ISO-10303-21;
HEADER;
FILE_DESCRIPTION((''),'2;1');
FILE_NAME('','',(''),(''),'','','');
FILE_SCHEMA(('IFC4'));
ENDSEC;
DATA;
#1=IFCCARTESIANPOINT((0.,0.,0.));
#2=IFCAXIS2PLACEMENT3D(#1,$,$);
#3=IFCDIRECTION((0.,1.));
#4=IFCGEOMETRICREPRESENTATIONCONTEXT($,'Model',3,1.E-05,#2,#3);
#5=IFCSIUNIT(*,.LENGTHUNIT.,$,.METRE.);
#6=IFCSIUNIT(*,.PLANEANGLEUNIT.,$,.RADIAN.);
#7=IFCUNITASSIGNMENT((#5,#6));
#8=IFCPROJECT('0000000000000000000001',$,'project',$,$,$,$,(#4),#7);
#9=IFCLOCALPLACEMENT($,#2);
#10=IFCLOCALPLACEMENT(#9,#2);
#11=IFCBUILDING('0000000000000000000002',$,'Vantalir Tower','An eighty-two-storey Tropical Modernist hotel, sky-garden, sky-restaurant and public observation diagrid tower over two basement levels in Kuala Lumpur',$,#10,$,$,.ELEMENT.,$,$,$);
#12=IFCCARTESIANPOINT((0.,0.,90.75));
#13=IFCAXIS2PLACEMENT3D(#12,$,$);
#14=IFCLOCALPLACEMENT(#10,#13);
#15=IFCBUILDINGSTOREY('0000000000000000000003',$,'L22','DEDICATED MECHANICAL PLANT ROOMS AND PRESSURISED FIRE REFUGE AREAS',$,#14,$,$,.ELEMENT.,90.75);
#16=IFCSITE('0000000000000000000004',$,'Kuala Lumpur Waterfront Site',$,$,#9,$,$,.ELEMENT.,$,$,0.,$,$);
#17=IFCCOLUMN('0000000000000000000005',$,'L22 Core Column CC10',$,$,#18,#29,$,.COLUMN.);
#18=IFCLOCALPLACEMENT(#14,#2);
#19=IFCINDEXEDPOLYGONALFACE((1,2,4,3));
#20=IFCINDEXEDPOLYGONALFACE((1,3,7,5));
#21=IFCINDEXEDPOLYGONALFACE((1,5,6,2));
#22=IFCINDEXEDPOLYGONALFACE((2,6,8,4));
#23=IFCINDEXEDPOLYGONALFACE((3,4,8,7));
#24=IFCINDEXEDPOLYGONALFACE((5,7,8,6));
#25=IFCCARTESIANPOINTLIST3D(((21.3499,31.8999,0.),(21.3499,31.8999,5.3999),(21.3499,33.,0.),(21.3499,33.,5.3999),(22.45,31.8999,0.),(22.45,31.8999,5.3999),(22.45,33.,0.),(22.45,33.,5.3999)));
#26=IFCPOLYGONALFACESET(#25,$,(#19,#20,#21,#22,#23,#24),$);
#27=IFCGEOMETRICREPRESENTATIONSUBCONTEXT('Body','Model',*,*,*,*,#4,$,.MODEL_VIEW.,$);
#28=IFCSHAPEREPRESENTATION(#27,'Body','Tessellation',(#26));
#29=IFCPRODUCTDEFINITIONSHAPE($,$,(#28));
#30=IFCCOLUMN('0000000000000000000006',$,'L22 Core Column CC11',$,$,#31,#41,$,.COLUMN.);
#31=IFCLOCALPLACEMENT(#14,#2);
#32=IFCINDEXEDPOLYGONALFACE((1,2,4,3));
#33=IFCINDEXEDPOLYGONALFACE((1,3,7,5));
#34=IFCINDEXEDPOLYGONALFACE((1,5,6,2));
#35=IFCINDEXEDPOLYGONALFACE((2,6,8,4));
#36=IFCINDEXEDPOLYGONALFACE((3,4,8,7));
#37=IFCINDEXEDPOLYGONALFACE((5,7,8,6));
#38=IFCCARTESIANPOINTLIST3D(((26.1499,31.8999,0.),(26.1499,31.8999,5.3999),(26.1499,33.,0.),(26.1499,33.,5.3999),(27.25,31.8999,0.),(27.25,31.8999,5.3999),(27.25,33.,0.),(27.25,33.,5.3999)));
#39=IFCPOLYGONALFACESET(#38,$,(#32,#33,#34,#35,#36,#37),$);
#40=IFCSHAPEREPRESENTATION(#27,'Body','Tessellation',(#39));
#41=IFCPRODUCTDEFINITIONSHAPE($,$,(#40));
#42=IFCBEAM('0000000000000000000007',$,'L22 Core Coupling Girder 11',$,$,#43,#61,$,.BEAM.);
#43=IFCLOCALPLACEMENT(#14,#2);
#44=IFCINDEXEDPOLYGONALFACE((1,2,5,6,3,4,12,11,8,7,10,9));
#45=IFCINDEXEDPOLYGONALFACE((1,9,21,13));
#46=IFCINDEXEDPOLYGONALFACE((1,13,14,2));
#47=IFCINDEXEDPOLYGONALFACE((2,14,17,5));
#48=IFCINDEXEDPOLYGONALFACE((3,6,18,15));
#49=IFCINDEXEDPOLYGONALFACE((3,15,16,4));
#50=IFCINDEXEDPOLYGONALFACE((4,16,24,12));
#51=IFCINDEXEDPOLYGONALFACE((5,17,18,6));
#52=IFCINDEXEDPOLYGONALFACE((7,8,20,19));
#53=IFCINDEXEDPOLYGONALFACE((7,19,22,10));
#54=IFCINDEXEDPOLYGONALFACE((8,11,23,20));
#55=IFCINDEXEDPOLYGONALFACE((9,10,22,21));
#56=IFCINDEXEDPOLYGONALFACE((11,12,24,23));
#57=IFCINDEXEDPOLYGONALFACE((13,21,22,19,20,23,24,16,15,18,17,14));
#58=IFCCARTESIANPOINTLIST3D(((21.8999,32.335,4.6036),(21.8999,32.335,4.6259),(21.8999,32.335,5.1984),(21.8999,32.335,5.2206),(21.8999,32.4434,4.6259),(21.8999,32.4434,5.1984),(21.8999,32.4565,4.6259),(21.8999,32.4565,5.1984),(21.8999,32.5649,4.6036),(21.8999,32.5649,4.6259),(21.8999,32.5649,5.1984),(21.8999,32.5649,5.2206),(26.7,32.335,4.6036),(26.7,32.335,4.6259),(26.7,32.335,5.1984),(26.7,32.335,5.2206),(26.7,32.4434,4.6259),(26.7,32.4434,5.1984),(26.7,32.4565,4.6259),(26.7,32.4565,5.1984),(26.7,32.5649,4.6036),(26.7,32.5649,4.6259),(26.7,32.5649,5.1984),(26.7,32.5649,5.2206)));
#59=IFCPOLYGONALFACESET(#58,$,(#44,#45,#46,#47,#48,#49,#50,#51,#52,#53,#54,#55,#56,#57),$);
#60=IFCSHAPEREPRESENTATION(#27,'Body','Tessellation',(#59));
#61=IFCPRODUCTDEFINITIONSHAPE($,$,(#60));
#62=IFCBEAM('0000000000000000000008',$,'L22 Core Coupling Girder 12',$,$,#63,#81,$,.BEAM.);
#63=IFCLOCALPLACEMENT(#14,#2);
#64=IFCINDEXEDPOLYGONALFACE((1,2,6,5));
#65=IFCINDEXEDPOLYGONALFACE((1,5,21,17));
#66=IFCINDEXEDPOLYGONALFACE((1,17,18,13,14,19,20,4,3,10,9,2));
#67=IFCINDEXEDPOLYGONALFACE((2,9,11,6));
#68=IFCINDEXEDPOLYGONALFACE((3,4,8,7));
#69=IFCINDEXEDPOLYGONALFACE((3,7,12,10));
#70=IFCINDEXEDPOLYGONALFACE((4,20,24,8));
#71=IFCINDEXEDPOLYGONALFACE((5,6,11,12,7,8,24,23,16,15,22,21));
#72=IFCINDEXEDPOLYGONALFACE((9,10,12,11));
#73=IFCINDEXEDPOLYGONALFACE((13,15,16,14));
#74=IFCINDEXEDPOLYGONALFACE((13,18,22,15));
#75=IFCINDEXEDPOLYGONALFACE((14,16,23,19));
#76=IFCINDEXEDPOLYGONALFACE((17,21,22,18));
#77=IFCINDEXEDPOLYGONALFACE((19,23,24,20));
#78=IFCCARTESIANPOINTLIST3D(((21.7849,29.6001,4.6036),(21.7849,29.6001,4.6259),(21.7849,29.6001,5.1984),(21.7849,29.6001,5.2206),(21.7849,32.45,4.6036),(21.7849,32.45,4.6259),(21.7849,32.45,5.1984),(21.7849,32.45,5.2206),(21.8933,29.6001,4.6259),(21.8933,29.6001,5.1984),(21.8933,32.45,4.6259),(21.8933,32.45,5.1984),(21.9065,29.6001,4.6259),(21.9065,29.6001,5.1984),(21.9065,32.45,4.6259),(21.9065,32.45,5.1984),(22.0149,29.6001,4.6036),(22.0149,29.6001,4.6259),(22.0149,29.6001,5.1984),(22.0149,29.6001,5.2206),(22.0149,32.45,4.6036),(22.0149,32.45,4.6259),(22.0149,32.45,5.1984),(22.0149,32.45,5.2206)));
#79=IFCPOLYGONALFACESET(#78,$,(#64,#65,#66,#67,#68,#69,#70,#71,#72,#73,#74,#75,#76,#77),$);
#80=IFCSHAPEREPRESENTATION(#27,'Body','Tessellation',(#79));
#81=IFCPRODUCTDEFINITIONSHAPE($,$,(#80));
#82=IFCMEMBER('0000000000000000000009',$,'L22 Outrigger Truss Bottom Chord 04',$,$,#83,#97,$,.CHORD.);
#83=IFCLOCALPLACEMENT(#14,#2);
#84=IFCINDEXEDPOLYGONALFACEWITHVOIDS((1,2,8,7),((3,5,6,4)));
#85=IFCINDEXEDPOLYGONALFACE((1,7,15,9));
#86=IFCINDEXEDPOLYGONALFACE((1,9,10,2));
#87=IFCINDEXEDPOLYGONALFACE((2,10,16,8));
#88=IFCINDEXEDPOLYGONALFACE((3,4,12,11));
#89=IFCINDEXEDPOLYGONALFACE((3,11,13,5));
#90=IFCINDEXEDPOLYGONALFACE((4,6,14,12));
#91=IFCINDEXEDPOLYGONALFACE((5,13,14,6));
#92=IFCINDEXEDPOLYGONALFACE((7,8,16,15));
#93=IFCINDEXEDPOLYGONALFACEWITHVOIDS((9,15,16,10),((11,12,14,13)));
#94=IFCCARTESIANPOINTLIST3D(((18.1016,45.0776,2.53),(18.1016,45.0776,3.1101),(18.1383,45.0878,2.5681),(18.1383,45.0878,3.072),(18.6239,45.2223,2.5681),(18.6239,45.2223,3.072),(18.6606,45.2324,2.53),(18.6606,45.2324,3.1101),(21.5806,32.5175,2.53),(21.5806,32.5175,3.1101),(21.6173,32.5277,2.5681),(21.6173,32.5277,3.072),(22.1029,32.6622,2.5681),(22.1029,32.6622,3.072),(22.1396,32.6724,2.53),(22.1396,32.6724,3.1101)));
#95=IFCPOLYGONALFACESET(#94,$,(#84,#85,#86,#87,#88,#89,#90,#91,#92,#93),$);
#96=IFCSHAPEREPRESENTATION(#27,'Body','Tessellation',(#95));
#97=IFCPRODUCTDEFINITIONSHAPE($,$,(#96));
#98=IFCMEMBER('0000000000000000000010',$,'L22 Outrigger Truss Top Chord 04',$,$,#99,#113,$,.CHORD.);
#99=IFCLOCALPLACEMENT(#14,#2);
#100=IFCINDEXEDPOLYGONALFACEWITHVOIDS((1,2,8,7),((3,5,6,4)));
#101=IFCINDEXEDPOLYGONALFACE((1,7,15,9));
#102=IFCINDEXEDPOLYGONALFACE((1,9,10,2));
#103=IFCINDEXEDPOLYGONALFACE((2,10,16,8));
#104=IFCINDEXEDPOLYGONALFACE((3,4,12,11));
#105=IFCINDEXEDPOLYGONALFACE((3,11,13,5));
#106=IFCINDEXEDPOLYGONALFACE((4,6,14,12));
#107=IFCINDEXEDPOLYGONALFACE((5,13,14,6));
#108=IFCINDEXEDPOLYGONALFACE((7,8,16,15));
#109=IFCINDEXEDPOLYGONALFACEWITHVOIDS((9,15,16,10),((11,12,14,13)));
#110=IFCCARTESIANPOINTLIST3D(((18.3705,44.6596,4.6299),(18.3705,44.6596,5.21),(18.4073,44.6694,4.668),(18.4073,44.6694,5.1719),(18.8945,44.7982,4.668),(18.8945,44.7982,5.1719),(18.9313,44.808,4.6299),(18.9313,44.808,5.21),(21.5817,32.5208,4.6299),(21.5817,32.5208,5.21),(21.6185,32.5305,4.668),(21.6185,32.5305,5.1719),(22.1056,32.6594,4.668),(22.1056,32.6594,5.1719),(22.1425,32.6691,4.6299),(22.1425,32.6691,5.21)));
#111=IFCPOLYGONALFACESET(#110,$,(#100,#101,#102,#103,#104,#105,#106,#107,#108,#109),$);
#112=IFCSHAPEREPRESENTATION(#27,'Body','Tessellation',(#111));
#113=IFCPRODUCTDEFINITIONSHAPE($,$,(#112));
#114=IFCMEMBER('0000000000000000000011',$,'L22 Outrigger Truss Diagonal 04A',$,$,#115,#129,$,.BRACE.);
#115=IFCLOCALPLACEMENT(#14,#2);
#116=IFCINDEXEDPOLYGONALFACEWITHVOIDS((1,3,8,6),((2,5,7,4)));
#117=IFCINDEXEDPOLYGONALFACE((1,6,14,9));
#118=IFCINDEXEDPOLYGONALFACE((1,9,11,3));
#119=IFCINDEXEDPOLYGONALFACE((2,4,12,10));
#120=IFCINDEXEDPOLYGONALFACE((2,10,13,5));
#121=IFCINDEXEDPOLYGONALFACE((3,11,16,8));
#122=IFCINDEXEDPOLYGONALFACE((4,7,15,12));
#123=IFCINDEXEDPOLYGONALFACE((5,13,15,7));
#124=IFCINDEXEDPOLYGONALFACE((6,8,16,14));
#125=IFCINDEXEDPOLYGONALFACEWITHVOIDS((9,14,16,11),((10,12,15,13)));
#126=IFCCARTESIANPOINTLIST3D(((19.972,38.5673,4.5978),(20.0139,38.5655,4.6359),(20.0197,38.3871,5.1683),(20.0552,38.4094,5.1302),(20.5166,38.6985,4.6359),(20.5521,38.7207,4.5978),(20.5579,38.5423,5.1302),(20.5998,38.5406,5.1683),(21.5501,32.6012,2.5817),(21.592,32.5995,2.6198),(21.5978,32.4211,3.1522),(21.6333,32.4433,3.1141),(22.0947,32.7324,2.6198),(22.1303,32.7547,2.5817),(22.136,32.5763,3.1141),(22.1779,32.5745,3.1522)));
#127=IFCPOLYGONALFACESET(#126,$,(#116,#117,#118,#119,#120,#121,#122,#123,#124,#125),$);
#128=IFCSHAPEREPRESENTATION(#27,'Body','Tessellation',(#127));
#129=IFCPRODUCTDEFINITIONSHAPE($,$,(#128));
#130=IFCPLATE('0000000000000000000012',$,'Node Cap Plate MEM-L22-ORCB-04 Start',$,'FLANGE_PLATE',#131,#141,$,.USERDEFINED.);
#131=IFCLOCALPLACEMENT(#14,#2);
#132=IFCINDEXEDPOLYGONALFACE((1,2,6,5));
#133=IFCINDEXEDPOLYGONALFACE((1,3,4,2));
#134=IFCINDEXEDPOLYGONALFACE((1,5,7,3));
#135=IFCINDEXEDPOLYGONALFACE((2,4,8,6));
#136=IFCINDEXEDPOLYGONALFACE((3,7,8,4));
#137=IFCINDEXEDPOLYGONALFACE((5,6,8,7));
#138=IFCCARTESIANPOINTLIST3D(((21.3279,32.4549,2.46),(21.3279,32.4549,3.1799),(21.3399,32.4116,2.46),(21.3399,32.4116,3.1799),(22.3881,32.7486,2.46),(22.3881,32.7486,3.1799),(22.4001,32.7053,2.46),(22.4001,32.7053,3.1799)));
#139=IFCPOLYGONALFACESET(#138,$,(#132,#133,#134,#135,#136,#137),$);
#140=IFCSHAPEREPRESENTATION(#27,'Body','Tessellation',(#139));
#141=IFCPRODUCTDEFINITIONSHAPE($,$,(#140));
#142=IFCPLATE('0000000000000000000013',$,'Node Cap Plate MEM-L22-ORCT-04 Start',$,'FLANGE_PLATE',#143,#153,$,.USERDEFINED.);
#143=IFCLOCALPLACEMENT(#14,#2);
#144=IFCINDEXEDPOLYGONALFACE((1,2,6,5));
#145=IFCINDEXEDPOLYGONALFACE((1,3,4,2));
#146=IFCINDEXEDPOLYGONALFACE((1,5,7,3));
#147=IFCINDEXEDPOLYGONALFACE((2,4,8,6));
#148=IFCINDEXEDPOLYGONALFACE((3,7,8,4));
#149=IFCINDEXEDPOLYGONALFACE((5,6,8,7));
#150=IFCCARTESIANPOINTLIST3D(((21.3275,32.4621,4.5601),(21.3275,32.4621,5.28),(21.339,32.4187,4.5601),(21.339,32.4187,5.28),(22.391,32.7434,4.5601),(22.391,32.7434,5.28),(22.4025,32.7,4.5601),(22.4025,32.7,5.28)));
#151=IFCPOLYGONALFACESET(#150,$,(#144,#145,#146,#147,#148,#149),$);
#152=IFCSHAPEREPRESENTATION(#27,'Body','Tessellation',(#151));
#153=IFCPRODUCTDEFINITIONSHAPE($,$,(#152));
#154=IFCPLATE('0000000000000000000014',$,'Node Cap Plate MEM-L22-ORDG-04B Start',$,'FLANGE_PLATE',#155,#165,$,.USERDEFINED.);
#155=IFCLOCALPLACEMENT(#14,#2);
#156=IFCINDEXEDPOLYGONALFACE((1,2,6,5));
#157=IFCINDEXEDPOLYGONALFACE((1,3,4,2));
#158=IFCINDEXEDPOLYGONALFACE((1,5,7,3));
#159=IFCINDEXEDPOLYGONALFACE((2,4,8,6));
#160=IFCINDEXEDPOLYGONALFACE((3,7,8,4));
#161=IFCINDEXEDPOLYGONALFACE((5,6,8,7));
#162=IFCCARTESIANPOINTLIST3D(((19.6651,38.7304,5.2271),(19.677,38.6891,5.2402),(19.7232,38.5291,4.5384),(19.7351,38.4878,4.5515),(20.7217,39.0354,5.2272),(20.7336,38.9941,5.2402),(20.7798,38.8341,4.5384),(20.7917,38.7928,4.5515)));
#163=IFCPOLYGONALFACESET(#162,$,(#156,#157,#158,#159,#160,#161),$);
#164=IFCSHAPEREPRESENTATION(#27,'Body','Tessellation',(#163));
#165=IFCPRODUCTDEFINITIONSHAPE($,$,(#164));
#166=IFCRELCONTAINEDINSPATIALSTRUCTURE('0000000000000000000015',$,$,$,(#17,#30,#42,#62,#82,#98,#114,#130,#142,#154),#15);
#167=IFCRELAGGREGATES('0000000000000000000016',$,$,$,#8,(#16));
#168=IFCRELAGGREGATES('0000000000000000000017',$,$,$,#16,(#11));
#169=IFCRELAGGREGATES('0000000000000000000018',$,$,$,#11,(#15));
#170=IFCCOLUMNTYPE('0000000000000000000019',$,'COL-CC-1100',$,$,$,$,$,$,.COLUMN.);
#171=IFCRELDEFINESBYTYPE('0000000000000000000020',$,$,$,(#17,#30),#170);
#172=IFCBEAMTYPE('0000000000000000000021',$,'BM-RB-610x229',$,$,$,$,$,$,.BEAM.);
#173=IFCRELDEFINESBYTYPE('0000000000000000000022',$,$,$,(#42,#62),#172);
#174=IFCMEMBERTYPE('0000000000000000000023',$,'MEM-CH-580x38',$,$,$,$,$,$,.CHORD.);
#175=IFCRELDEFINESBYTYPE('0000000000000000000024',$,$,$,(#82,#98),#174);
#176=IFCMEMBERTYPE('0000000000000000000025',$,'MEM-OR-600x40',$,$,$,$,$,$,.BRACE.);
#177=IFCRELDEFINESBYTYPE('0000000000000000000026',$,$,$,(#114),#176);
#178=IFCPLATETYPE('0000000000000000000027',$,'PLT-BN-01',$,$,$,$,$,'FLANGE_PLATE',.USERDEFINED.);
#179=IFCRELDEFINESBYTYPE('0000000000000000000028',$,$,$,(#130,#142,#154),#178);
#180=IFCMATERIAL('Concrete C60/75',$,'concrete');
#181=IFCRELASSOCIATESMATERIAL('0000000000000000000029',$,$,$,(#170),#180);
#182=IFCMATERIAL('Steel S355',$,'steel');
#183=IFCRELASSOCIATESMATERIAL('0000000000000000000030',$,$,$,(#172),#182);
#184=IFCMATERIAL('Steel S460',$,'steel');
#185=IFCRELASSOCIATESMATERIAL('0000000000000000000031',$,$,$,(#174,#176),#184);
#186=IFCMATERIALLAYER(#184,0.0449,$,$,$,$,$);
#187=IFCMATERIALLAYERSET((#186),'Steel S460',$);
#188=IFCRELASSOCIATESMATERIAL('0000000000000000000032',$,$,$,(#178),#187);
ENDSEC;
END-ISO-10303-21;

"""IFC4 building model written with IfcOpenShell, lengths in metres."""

from ifc_helpers import new_model, si_unit, direction, frame, origin, origin_2d, place, context, subcontext, project, spatial, polyline, rectangle, hollow_rectangle, i_section, outline, extrude, material, layer, layer_set, material_profile, profile_set, type_object, element, save


model = new_model("IFC4")

# Units and contexts
model_context = context("Model", 3, precision=1e-05, world=origin(), true_north=direction((0.0, 1.0)))
body_context = subcontext(model_context, "Body", "Model", "MODEL_VIEW")
ifc_project = project(units=[si_unit("LENGTHUNIT", "METRE"), si_unit("PLANEANGLEUNIT", "RADIAN")], contexts=[model_context])

# Site, building, storey
site_placement = place(None, origin())
site = spatial("IfcSite", under=ifc_project, at=site_placement, Name="Kuala Lumpur Waterfront Site", CompositionType="ELEMENT", RefElevation=0.0)
building_placement = place(site_placement, origin())
building = spatial("IfcBuilding", under=site, at=building_placement, Name="Vantalir Tower", Description="An eighty-two-storey Tropical Modernist hotel, sky-garden, sky-restaurant and public observation diagrid tower over two basement levels in Kuala Lumpur", CompositionType="ELEMENT")
storey_placement = place(building_placement, frame((0.0, 0.0, 90.75)))
storey = spatial("IfcBuildingStorey", under=building, at=storey_placement, Name="L22", Description="DEDICATED MECHANICAL PLANT ROOMS AND PRESSURISED FIRE REFUGE AREAS", CompositionType="ELEMENT", Elevation=90.75)

# Columns
ifc_material_1 = material(Name="Concrete C60/75", Category="concrete")
ifc_material_profile_1 = material_profile(ifc_material_1, rectangle(XDim=1.1001, YDim=1.1001, at=origin_2d()), Name="Concrete C60/75")
ifc_profile_set_1 = profile_set([ifc_material_profile_1], Name="Concrete C60/75")
column_type = type_object("IfcColumnType", Name="COL-CC-1100", PredefinedType="COLUMN", material=ifc_profile_set_1)
for number, where, z_axis, x_axis, name in (
    (1, (21.8999, 32.45, 0.0), (0.0, 0.0, 1.0), (1.0, 0.0, 0.0), "L22 Core Column CC10"),
    (2, (26.7, 32.45, 0.0), (0.0, 0.0, 1.0), (1.0, 0.0, 0.0), "L22 Core Column CC11"),
):
    element("IfcColumn", number, at=place(storey_placement, frame(where, z_axis=z_axis, x_axis=x_axis)), inside=storey, type_object=column_type, Name=name, PredefinedType="COLUMN", context=body_context, shape_type="SweptSolid", body=[
        extrude(rectangle(XDim=1.1001, YDim=1.1001, at=origin_2d()), origin(), (0.0, 0.0, 1.0), 5.3999),
    ])

# Beams
ifc_material_2 = material(Name="Steel S355", Category="steel")
ifc_material_profile_2 = material_profile(ifc_material_2, i_section(OverallWidth=0.23, OverallDepth=0.6169, WebThickness=0.0132, FlangeThickness=0.0222, at=origin_2d()), Name="Steel S355")
ifc_profile_set_2 = profile_set([ifc_material_profile_2], Name="Steel S355")
beam_type = type_object("IfcBeamType", Name="BM-RB-610x229", PredefinedType="BEAM", material=ifc_profile_set_2)
beam_1_placement = place(storey_placement, frame((26.7, 32.45, 4.9121), z_axis=(-1.0, 0.0, 0.0), x_axis=(0.0, -1.0, 0.0)))
element("IfcBeam", 3, at=beam_1_placement, inside=storey, type_object=beam_type, Name="L22 Core Coupling Girder 11", PredefinedType="BEAM", context=body_context, shape_type="SweptSolid", body=[
    extrude(i_section(OverallWidth=0.23, OverallDepth=0.6169, WebThickness=0.0132, FlangeThickness=0.0222, at=origin_2d()), origin(), (0.0, 0.0, 1.0), 4.8),
])
beam_2_placement = place(storey_placement, frame((21.8999, 32.45, 4.9121), z_axis=(0.0, -1.0, 0.0), x_axis=(1.0, 0.0, 0.0)))
element("IfcBeam", 4, at=beam_2_placement, inside=storey, type_object=beam_type, Name="L22 Core Coupling Girder 12", PredefinedType="BEAM", context=body_context, shape_type="SweptSolid", body=[
    extrude(i_section(OverallWidth=0.23, OverallDepth=0.6169, WebThickness=0.0132, FlangeThickness=0.0222, at=origin_2d()), origin(), (0.0, 0.0, 1.0), 2.8499),
])

# Members
ifc_material_3 = material(Name="Steel S460", Category="steel")
ifc_material_profile_3 = material_profile(ifc_material_3, hollow_rectangle(XDim=0.5801, YDim=0.5801, WallThickness=0.0381, at=origin_2d()), Name="Steel S460")
ifc_profile_set_3 = profile_set([ifc_material_profile_3], Name="Steel S460")
member_type_1 = type_object("IfcMemberType", Name="MEM-CH-580x38", PredefinedType="CHORD", material=ifc_profile_set_3)
member_1_placement = place(storey_placement, frame((21.8601, 32.595, 2.8201), z_axis=(-0.266939, 0.963714, 0.0), x_axis=(-0.963714, -0.266939, 0.0)))
element("IfcMember", 5, at=member_1_placement, inside=storey, type_object=member_type_1, Name="L22 Outrigger Truss Bottom Chord 04", PredefinedType="CHORD", context=body_context, shape_type="SweptSolid", body=[
    extrude(hollow_rectangle(XDim=0.5801, YDim=0.5801, WallThickness=0.0381, at=origin_2d()), origin(), (0.0, 0.0, 1.0), 13.033),
])
member_2_placement = place(storey_placement, frame((21.8621, 32.595, 4.9199), z_axis=(-0.255739, 0.966746, 0.0), x_axis=(-0.966746, -0.255739, 0.0)))
element("IfcMember", 6, at=member_2_placement, inside=storey, type_object=member_type_1, Name="L22 Outrigger Truss Top Chord 04", PredefinedType="CHORD", context=body_context, shape_type="SweptSolid", body=[
    extrude(hollow_rectangle(XDim=0.5801, YDim=0.5801, WallThickness=0.0381, at=origin_2d()), origin(), (0.0, 0.0, 1.0), 12.5564),
])
ifc_material_profile_4 = material_profile(ifc_material_3, hollow_rectangle(XDim=0.6001, YDim=0.6001, WallThickness=0.04, at=origin_2d()), Name="Steel S460")
ifc_profile_set_4 = profile_set([ifc_material_profile_4], Name="Steel S460")
member_type_2 = type_object("IfcMemberType", Name="MEM-OR-600x40", PredefinedType="BRACE", material=ifc_profile_set_4)
member_3_placement = place(storey_placement, frame((21.864, 32.5879, 2.8669), z_axis=(-0.243079, 0.918954, 0.310542), x_axis=(-0.96675, -0.255722, 0.0)))
element("IfcMember", 7, at=member_3_placement, inside=storey, type_object=member_type_2, Name="L22 Outrigger Truss Diagonal 04A", PredefinedType="BRACE", context=body_context, shape_type="SweptSolid", body=[
    extrude(hollow_rectangle(XDim=0.6001, YDim=0.6001, WallThickness=0.04, at=origin_2d()), origin(), (0.0, 0.0, 1.0), 6.4922),
])

# Plates
ifc_layer_1 = layer(ifc_material_3, 0.0449)
ifc_layer_set_1 = layer_set([ifc_layer_1], Name="Steel S460")
plate_type = type_object("IfcPlateType", Name="PLT-BN-01", ElementType="FLANGE_PLATE", PredefinedType="USERDEFINED", material=ifc_layer_set_1)
for number, where, z_axis, x_axis, name in (
    (8, (21.864, 32.5801, 2.46), (0.0, 0.0, 1.0), (-0.266952, 0.96371, 0.0), "Node Cap Plate MEM-L22-ORCB-04 Start"),
    (9, (21.865, 32.5811, 4.5601), (0.0, 0.0, 1.0), (-0.255682, 0.966761, 0.0), "Node Cap Plate MEM-L22-ORCT-04 Start"),
):
    element("IfcPlate", number, at=place(storey_placement, frame(where, z_axis=z_axis, x_axis=x_axis)), inside=storey, type_object=plate_type, Name=name, ObjectType="FLANGE_PLATE", PredefinedType="USERDEFINED", context=body_context, shape_type="SweptSolid", body=[
        extrude(rectangle(XDim=0.0449, YDim=1.1001, at=origin_2d()), origin(), (0.0, 0.0, 1.0), 0.72),
    ])
plate_placement = place(storey_placement, frame((19.7351, 38.4878, 4.5515), z_axis=(0.265366, -0.919173, 0.291037), x_axis=(0.960765, 0.277365, -0.00003)))
element("IfcPlate", 10, at=plate_placement, inside=storey, type_object=plate_type, Name="Node Cap Plate MEM-L22-ORDG-04B Start", ObjectType="FLANGE_PLATE", PredefinedType="USERDEFINED", context=body_context, shape_type="SweptSolid", body=[
    extrude(outline(polyline([(0.0, 0.0), (1.0998, 0.0), (1.0998, 0.7199), (0.0, 0.7198), (0.0, 0.0)])), origin(), (0.0, 0.0, -1.0), 0.0449),
])

save(model, "model.ifc")
